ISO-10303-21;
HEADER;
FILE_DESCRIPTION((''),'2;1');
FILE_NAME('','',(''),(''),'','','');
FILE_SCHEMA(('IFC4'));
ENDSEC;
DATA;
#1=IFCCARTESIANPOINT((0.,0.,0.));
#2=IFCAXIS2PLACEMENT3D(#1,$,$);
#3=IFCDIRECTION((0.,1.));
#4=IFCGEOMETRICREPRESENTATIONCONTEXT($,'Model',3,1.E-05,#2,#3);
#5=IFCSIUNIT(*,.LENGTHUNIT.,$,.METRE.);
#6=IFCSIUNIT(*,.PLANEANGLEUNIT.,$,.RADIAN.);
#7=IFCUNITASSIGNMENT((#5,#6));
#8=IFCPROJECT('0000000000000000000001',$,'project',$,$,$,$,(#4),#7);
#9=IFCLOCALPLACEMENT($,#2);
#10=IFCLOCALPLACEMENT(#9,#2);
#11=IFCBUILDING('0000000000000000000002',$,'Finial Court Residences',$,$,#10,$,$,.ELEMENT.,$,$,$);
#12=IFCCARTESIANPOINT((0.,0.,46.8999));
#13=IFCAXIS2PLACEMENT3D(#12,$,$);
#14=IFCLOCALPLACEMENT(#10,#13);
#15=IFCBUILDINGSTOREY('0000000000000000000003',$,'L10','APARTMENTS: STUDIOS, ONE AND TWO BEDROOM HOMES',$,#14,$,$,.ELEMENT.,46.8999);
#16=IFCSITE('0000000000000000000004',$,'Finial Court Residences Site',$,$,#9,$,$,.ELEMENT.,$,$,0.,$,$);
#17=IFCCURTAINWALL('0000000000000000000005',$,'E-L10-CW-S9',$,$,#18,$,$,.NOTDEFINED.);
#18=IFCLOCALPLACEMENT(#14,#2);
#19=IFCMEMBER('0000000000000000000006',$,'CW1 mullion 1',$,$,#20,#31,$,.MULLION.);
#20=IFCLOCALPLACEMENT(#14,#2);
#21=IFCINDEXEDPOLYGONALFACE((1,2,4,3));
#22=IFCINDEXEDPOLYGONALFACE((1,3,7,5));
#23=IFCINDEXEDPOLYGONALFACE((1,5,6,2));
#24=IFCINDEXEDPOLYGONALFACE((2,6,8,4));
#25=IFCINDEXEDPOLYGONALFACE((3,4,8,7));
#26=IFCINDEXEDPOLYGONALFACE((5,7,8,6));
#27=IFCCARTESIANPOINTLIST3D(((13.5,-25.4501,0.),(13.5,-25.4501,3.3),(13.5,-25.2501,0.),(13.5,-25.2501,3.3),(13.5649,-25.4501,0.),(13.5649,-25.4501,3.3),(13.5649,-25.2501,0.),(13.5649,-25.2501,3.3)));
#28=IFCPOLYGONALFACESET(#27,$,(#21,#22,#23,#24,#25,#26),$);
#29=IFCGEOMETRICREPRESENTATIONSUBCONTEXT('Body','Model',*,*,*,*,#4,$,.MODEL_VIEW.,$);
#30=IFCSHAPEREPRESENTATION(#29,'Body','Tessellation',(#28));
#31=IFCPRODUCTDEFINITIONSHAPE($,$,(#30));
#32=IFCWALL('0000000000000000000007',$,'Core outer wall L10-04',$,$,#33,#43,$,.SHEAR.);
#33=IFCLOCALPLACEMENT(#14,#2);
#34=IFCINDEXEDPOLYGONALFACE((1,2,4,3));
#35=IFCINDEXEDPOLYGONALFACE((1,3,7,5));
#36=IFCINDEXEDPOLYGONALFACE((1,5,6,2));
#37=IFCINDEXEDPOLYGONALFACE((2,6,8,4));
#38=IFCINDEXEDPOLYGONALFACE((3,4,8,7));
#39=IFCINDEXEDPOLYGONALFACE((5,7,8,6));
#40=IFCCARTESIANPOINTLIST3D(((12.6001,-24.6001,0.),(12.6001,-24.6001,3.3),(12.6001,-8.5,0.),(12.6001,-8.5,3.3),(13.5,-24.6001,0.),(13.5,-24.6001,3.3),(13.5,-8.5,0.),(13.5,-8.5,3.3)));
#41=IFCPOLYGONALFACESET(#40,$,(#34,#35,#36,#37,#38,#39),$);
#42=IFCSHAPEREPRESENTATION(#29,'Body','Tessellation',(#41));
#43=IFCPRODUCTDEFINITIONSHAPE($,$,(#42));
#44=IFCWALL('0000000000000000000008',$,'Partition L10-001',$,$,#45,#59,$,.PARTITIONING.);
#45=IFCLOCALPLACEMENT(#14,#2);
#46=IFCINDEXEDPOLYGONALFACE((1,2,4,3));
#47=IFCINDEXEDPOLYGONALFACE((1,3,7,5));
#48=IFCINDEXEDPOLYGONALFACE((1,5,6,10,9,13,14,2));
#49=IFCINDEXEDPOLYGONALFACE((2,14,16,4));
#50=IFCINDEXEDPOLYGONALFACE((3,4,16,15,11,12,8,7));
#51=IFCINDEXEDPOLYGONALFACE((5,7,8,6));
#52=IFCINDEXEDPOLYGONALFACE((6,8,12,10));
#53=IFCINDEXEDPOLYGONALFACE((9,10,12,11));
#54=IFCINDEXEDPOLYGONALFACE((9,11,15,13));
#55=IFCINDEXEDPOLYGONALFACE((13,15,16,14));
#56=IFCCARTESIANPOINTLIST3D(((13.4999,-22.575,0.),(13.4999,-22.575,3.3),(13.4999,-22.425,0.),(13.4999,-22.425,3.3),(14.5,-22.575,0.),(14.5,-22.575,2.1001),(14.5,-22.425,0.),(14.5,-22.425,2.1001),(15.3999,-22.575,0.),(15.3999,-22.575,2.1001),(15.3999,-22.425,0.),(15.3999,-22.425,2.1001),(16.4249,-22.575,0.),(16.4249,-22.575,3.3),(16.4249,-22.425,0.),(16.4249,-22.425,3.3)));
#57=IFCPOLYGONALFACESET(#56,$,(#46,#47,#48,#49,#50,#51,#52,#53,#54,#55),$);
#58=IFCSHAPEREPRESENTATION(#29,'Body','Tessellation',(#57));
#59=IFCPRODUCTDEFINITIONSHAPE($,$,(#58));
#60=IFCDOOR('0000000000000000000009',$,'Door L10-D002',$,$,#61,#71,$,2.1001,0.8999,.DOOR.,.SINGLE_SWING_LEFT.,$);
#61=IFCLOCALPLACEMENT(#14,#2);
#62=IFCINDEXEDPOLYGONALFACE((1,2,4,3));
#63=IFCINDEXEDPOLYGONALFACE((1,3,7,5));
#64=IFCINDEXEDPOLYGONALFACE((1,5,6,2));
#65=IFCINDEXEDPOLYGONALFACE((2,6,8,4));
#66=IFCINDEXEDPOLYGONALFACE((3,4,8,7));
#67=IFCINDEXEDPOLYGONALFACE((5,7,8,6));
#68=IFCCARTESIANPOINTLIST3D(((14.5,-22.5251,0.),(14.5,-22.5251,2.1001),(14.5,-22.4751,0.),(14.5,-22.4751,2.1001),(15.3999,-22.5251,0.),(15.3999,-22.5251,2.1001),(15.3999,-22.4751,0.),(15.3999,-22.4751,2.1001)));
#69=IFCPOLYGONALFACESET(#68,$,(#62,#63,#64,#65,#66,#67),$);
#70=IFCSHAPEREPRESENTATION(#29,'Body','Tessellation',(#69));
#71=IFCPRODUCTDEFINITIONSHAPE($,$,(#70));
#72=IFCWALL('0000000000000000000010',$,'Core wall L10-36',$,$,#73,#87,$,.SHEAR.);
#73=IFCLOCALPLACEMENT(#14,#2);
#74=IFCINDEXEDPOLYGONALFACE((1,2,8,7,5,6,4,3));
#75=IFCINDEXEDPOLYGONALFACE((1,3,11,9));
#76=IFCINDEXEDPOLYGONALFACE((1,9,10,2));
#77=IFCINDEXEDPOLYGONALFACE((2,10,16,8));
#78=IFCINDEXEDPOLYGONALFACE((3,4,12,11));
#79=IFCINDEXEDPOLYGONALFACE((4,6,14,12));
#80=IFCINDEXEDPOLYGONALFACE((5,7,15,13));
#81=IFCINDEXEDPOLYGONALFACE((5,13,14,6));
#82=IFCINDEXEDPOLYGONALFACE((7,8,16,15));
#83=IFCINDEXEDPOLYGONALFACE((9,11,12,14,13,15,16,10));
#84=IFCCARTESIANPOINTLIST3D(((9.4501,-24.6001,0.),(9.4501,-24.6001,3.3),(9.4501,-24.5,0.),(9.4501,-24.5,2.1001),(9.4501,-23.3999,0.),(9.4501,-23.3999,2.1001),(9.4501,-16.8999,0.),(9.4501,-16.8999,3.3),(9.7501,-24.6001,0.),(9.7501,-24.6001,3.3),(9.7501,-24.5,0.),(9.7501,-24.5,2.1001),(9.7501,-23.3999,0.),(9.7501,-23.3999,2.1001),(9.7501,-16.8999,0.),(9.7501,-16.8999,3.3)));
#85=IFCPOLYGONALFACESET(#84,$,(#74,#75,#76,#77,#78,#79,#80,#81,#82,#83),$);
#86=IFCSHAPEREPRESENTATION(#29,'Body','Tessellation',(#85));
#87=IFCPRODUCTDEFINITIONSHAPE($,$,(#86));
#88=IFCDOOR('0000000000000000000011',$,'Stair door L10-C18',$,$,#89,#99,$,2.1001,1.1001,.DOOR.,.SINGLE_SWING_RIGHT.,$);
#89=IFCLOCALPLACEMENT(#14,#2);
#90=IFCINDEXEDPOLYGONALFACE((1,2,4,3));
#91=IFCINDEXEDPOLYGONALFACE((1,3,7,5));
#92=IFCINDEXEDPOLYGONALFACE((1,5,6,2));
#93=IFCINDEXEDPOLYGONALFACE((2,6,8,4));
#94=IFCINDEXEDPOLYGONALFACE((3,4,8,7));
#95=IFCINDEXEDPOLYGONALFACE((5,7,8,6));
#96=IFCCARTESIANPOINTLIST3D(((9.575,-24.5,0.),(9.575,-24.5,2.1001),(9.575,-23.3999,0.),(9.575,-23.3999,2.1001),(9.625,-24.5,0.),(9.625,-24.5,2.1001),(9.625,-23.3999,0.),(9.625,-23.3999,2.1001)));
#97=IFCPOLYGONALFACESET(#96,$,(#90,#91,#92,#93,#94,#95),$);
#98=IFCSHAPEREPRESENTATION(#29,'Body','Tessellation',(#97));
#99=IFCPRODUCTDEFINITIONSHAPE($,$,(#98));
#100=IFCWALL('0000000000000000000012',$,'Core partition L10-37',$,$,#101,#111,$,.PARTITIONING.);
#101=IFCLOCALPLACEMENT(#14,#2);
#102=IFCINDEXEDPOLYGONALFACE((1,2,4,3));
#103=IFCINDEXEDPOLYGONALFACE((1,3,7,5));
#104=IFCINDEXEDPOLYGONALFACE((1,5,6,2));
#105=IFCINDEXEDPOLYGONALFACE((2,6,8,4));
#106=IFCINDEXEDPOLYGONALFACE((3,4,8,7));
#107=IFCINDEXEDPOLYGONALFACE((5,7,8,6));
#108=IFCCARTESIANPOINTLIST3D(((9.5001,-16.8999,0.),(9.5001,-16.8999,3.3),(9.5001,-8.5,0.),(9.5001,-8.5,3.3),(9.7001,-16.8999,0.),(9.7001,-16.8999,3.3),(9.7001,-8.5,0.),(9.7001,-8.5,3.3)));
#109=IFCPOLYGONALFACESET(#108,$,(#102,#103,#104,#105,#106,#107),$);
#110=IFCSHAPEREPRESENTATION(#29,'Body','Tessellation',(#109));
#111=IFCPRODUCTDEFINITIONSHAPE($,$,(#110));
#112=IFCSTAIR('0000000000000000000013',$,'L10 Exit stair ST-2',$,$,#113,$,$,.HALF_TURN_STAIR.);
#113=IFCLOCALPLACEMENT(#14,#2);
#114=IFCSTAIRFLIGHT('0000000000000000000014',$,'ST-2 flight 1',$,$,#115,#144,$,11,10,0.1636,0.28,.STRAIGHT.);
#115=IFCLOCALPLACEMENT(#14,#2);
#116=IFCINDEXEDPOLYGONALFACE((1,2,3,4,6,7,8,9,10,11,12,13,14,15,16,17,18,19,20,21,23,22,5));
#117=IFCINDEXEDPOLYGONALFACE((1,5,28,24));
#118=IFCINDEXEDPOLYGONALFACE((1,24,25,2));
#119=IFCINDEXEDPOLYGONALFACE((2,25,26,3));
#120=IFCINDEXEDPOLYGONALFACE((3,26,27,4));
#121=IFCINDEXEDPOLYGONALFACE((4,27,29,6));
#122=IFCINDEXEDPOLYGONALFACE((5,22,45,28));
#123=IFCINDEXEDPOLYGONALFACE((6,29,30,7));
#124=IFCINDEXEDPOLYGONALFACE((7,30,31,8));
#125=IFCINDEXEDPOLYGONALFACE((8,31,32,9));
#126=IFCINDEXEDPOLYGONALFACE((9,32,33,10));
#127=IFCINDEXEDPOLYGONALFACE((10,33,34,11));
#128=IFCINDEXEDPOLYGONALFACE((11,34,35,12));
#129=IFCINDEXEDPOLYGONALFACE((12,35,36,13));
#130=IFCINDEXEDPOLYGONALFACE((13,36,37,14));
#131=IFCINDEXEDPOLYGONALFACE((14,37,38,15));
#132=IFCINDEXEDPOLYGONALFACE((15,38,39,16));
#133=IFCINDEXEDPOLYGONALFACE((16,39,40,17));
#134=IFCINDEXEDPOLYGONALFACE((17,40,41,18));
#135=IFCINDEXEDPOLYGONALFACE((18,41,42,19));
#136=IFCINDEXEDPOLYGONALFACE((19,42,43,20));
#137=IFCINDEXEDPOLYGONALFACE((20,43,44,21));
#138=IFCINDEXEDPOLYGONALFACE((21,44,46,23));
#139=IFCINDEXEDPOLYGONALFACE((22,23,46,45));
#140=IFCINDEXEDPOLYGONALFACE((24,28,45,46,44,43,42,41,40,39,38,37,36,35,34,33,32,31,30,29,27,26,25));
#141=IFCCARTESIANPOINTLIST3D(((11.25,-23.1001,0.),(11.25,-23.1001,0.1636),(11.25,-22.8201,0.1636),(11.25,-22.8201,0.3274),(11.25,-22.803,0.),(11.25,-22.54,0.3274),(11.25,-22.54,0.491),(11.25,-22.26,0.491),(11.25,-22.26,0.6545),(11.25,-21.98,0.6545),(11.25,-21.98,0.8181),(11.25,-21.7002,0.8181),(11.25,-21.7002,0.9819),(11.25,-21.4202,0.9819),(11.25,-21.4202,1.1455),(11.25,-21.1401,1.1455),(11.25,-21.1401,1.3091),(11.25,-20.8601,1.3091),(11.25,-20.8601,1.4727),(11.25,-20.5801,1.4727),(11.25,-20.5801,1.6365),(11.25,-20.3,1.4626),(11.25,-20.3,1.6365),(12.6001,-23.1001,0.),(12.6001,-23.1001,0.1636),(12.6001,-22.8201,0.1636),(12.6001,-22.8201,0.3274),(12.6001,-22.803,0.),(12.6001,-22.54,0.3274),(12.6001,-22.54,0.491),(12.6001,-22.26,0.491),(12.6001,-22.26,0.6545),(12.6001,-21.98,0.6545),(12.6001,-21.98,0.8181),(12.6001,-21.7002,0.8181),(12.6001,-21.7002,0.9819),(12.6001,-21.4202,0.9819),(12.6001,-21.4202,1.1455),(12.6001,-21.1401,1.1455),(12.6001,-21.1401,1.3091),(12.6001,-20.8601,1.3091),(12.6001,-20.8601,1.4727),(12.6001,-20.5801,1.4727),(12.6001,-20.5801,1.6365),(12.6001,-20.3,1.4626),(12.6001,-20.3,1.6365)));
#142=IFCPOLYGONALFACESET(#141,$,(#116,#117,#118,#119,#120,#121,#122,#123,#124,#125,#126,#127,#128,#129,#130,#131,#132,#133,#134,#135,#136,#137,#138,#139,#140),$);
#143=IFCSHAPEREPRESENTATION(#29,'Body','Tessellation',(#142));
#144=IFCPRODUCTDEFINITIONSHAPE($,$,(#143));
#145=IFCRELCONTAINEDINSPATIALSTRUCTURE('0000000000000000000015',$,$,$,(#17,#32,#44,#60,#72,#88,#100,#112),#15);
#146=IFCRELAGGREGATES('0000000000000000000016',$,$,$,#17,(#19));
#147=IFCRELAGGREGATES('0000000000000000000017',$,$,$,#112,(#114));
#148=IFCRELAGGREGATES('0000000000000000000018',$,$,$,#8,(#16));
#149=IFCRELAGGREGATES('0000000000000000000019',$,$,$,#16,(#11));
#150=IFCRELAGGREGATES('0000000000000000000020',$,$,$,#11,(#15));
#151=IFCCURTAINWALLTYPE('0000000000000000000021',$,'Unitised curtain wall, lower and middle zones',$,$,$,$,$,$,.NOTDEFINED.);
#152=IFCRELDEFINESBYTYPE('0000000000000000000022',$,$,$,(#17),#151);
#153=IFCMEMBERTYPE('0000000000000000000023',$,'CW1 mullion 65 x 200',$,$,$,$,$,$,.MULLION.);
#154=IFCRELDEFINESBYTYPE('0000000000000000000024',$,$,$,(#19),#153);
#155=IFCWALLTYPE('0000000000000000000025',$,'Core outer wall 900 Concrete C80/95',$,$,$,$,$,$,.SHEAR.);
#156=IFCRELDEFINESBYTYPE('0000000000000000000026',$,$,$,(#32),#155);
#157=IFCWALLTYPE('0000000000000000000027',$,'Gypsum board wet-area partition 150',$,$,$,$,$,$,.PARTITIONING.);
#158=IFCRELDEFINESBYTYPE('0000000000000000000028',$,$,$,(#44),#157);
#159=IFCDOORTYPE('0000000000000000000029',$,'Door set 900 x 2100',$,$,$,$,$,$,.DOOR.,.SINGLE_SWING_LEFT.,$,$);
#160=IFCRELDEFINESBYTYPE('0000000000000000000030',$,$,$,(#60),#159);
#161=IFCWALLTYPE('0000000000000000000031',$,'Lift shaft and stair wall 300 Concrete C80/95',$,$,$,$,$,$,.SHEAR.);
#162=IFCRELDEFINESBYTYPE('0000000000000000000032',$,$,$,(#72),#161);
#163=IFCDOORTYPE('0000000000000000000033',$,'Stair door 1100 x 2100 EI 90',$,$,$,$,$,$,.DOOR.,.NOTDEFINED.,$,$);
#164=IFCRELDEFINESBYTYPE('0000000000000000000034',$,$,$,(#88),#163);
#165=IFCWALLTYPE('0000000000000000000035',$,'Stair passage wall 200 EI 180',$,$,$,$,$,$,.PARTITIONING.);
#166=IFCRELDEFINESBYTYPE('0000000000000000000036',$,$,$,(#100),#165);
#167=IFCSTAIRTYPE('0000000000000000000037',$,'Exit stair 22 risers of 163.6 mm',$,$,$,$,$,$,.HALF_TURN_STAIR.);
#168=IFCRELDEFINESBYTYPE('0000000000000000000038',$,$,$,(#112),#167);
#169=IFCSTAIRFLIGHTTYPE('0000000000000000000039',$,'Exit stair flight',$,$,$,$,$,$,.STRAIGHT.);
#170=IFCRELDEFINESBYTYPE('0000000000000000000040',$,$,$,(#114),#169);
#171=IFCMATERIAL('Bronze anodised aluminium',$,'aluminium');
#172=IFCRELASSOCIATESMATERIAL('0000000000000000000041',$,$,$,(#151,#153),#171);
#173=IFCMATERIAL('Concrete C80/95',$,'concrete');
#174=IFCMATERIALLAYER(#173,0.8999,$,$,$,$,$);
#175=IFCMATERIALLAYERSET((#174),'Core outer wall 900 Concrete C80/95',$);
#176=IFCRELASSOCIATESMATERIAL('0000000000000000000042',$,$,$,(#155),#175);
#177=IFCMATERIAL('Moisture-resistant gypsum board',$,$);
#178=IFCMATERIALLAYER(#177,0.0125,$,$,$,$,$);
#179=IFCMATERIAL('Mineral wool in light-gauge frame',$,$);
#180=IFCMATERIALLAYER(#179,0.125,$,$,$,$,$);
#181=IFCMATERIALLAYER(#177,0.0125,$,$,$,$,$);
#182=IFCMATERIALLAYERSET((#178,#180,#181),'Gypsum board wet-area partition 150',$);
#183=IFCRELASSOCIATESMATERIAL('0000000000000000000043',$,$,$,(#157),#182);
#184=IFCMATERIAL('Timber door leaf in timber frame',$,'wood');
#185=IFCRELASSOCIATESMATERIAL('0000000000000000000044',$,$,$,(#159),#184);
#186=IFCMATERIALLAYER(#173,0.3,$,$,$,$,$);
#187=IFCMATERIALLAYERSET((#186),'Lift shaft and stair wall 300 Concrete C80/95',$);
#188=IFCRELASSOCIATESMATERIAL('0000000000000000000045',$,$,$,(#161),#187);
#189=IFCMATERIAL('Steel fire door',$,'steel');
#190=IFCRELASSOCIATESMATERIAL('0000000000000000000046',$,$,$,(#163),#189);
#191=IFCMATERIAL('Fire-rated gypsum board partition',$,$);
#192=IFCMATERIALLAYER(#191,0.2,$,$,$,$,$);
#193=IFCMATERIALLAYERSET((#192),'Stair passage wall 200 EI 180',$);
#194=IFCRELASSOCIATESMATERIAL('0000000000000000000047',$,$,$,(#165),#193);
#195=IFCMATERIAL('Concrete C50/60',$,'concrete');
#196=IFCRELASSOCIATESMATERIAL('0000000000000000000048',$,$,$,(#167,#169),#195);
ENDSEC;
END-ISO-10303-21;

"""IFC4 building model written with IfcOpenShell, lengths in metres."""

from ifc_helpers import new_model, si_unit, direction, frame, frame_2d, origin, origin_2d, place, context, subcontext, project, spatial, polyline, rectangle, outline, extrude, material, layer, layer_set, material_profile, profile_set, type_object, element, fill, aggregate, save


model = new_model("IFC4")

# Units and contexts
model_context = context("Model", 3, precision=1e-05, world=origin(), true_north=direction((0.0, 1.0)))
body_context = subcontext(model_context, "Body", "Model", "MODEL_VIEW")
ifc_project = project(units=[si_unit("LENGTHUNIT", "METRE"), si_unit("PLANEANGLEUNIT", "RADIAN")], contexts=[model_context])

# Site, building, storey
site_placement = place(None, origin())
site = spatial("IfcSite", under=ifc_project, at=site_placement, Name="Finial Court Residences Site", CompositionType="ELEMENT", RefElevation=0.0)
building_placement = place(site_placement, origin())
building = spatial("IfcBuilding", under=site, at=building_placement, Name="Finial Court Residences", CompositionType="ELEMENT")
storey_placement = place(building_placement, frame((0.0, 0.0, 46.8999)))
storey = spatial("IfcBuildingStorey", under=building, at=storey_placement, Name="L10", Description="APARTMENTS: STUDIOS, ONE AND TWO BEDROOM HOMES", CompositionType="ELEMENT", Elevation=46.8999)

# Curtain wall, member
ifc_material_1 = material(Name="Bronze anodised aluminium", Category="aluminium")
curtain_wall_type = type_object("IfcCurtainWallType", Name="Unitised curtain wall, lower and middle zones", PredefinedType="NOTDEFINED", material=ifc_material_1)
curtain_wall_placement = place(storey_placement, origin())
curtain_wall = element("IfcCurtainWall", 1, at=curtain_wall_placement, inside=storey, type_object=curtain_wall_type, Name="E-L10-CW-S9", PredefinedType="NOTDEFINED")
ifc_material_profile = material_profile(ifc_material_1, rectangle(XDim=0.2, YDim=0.0649, at=origin_2d()), Name="CW1 mullion 65 x 200")
ifc_profile_set = profile_set([ifc_material_profile], Name="Bronze anodised aluminium")
member_type = type_object("IfcMemberType", Name="CW1 mullion 65 x 200", PredefinedType="MULLION", material=ifc_profile_set)
member_placement = place(storey_placement, frame((13.5325, -25.3501, 0.0), z_axis=(0.0, 0.0, 1.0), x_axis=(0.0, 1.0, 0.0)))
member = element("IfcMember", 2, at=member_placement, type_object=member_type, Name="CW1 mullion 1", PredefinedType="MULLION", context=body_context, shape_type="SweptSolid", body=[
    extrude(rectangle(XDim=0.2, YDim=0.0649, at=origin_2d()), origin(), (0.0, 0.0, 1.0), 3.3),
])
aggregate(curtain_wall, [member])

# Wall
ifc_material_2 = material(Name="Concrete C80/95", Category="concrete")
ifc_layer_1 = layer(ifc_material_2, 0.8999)
ifc_layer_set_1 = layer_set([ifc_layer_1], Name="Core outer wall 900 Concrete C80/95")
wall_type_1 = type_object("IfcWallType", Name="Core outer wall 900 Concrete C80/95", PredefinedType="SHEAR", material=ifc_layer_set_1)
wall_1_placement = place(storey_placement, frame((13.05, -24.6001, 0.0), z_axis=(0.0, 0.0, 1.0), x_axis=(0.0, 1.0, 0.0)))
element("IfcWall", 3, at=wall_1_placement, inside=storey, type_object=wall_type_1, Name="Core outer wall L10-04", PredefinedType="SHEAR", context=body_context, shape_type="SweptSolid", body=[
    extrude(rectangle(XDim=16.1001, YDim=0.8999, at=frame_2d((8.05, 0.0))), origin(), (0.0, 0.0, 1.0), 3.3),
])

# Walls, openings, doors
ifc_material_3 = material(Name="Moisture-resistant gypsum board")
ifc_layer_2 = layer(ifc_material_3, 0.0125)
ifc_material_4 = material(Name="Mineral wool in light-gauge frame")
ifc_layer_3 = layer(ifc_material_4, 0.125)
ifc_layer_4 = layer(ifc_material_3, 0.0125)
ifc_layer_set_2 = layer_set([ifc_layer_2, ifc_layer_3, ifc_layer_4], Name="Gypsum board wet-area partition 150")
wall_type_2 = type_object("IfcWallType", Name="Gypsum board wet-area partition 150", PredefinedType="PARTITIONING", material=ifc_layer_set_2)
wall_2_placement = place(storey_placement, frame((13.5, -22.5, 0.0), z_axis=(0.0, 0.0, 1.0), x_axis=(1.0, 0.0, 0.0)))
wall_2 = element("IfcWall", 4, at=wall_2_placement, inside=storey, type_object=wall_type_2, Name="Partition L10-001", PredefinedType="PARTITIONING", context=body_context, shape_type="SweptSolid", body=[
    extrude(rectangle(XDim=2.925, YDim=0.1499, at=frame_2d((1.4624, 0.0))), origin(), (0.0, 0.0, 1.0), 3.3),
])
opening_1_placement = place(wall_2_placement, frame((1.0, 0.0, 0.0)))
opening_1 = element("IfcOpeningElement", 5, at=opening_1_placement, cuts=wall_2, PredefinedType="OPENING", context=body_context, shape_type="SweptSolid", body=[
    extrude(rectangle(XDim=0.8999, YDim=2.1001, at=frame_2d((0.45, 1.05))), frame((0.0, 0.085, 0.0), z_axis=(0.0, -1.0, 0.0), x_axis=(1.0, 0.0, 0.0)), (0.0, 0.0, 1.0), 0.1699),
])
ifc_material_5 = material(Name="Timber door leaf in timber frame", Category="wood")
door_type_1 = type_object("IfcDoorType", Name="Door set 900 x 2100", OperationType="SINGLE_SWING_LEFT", PredefinedType="DOOR", material=ifc_material_5)
door_1_placement = place(opening_1_placement, origin())
door_1 = element("IfcDoor", 6, at=door_1_placement, inside=storey, type_object=door_type_1, Name="Door L10-D002", OperationType="SINGLE_SWING_LEFT", OverallHeight=2.1001, OverallWidth=0.8999, PredefinedType="DOOR", context=body_context, shape_type="SweptSolid", body=[
    extrude(rectangle(XDim=0.8999, YDim=2.1001, at=frame_2d((0.45, 1.05))), frame((0.0, 0.0249, 0.0), z_axis=(0.0, -1.0, 0.0), x_axis=(1.0, 0.0, 0.0)), (0.0, 0.0, 1.0), 0.05),
])
fill(opening_1, door_1)
ifc_layer_5 = layer(ifc_material_2, 0.3)
ifc_layer_set_3 = layer_set([ifc_layer_5], Name="Lift shaft and stair wall 300 Concrete C80/95")
wall_type_3 = type_object("IfcWallType", Name="Lift shaft and stair wall 300 Concrete C80/95", PredefinedType="SHEAR", material=ifc_layer_set_3)
wall_3_placement = place(storey_placement, frame((9.6001, -16.8999, 0.0), z_axis=(0.0, 0.0, 1.0), x_axis=(0.0, -1.0, 0.0)))
wall_3 = element("IfcWall", 7, at=wall_3_placement, inside=storey, type_object=wall_type_3, Name="Core wall L10-36", PredefinedType="SHEAR", context=body_context, shape_type="SweptSolid", body=[
    extrude(rectangle(XDim=7.7002, YDim=0.3, at=frame_2d((3.8501, 0.0))), origin(), (0.0, 0.0, 1.0), 3.3),
])
opening_2_placement = place(wall_3_placement, frame((6.5, 0.0, 0.0)))
opening_2 = element("IfcOpeningElement", 8, at=opening_2_placement, cuts=wall_3, PredefinedType="OPENING", context=body_context, shape_type="SweptSolid", body=[
    extrude(rectangle(XDim=1.1001, YDim=2.1001, at=frame_2d((0.55, 1.05))), frame((0.0, 0.1599, 0.0), z_axis=(0.0, -1.0, 0.0), x_axis=(1.0, 0.0, 0.0)), (0.0, 0.0, 1.0), 0.3201),
])
ifc_material_6 = material(Name="Steel fire door", Category="steel")
door_type_2 = type_object("IfcDoorType", Name="Stair door 1100 x 2100 EI 90", OperationType="NOTDEFINED", PredefinedType="DOOR", material=ifc_material_6)
door_2_placement = place(opening_2_placement, origin())
door_2 = element("IfcDoor", 9, at=door_2_placement, inside=storey, type_object=door_type_2, Name="Stair door L10-C18", OperationType="SINGLE_SWING_RIGHT", OverallHeight=2.1001, OverallWidth=1.1001, PredefinedType="DOOR", context=body_context, shape_type="SweptSolid", body=[
    extrude(rectangle(XDim=1.1001, YDim=2.1001, at=frame_2d((0.55, 1.05))), frame((0.0, 0.0249, 0.0), z_axis=(0.0, -1.0, 0.0), x_axis=(1.0, 0.0, 0.0)), (0.0, 0.0, 1.0), 0.05),
])
fill(opening_2, door_2)

# Wall
ifc_material_7 = material(Name="Fire-rated gypsum board partition")
ifc_layer_6 = layer(ifc_material_7, 0.2)
ifc_layer_set_4 = layer_set([ifc_layer_6], Name="Stair passage wall 200 EI 180")
wall_type_4 = type_object("IfcWallType", Name="Stair passage wall 200 EI 180", PredefinedType="PARTITIONING", material=ifc_layer_set_4)
wall_4_placement = place(storey_placement, frame((9.6001, -16.8999, 0.0), z_axis=(0.0, 0.0, 1.0), x_axis=(0.0, 1.0, 0.0)))
element("IfcWall", 10, at=wall_4_placement, inside=storey, type_object=wall_type_4, Name="Core partition L10-37", PredefinedType="PARTITIONING", context=body_context, shape_type="SweptSolid", body=[
    extrude(rectangle(XDim=8.3999, YDim=0.2, at=frame_2d((4.2, 0.0))), origin(), (0.0, 0.0, 1.0), 3.3),
])

# Stair, stair flight
ifc_material_8 = material(Name="Concrete C50/60", Category="concrete")
stair_type = type_object("IfcStairType", Name="Exit stair 22 risers of 163.6 mm", PredefinedType="HALF_TURN_STAIR", material=ifc_material_8)
stair_placement = place(storey_placement, origin())
stair = element("IfcStair", 11, at=stair_placement, inside=storey, type_object=stair_type, Name="L10 Exit stair ST-2", PredefinedType="HALF_TURN_STAIR")
stair_flight_type = type_object("IfcStairFlightType", Name="Exit stair flight", PredefinedType="STRAIGHT", material=ifc_material_8)
stair_flight_1_placement = place(storey_placement, frame((11.925, -23.1001, 0.0), z_axis=(0.0, 0.0, 1.0), x_axis=(0.0, 1.0, 0.0)))
stair_flight_1 = element("IfcStairFlight", 12, at=stair_flight_1_placement, type_object=stair_flight_type, Name="ST-2 flight 1", NumberOfRisers=11, NumberOfTreads=10, PredefinedType="STRAIGHT", RiserHeight=0.1636, TreadLength=0.28, context=body_context, shape_type="SweptSolid", body=[
    extrude(outline(polyline([(0.0, 0.0), (0.0, 0.1636), (0.28, 0.1636), (0.28, 0.3274), (0.5601, 0.3274), (0.5601, 0.491), (0.8401, 0.491), (0.8401, 0.6545), (1.1201, 0.6545), (1.1201, 0.8181), (1.3999, 0.8181), (1.3999, 0.9819), (1.6799, 0.9819), (1.6799, 1.1455), (1.96, 1.1455), (1.96, 1.3091), (2.24, 1.3091), (2.24, 1.4727), (2.52, 1.4727), (2.52, 1.6365), (2.8, 1.6365), (2.8, 1.8), (2.8, 1.4626), (0.2971, 0.0), (0.0, 0.0)])), frame((0.0, 0.675, 0.0), z_axis=(0.0, -1.0, 0.0), x_axis=(1.0, 0.0, 0.0)), (0.0, 0.0, 1.0), 1.3501),
])
aggregate(stair, [stair_flight_1])

save(model, "model.ifc")
